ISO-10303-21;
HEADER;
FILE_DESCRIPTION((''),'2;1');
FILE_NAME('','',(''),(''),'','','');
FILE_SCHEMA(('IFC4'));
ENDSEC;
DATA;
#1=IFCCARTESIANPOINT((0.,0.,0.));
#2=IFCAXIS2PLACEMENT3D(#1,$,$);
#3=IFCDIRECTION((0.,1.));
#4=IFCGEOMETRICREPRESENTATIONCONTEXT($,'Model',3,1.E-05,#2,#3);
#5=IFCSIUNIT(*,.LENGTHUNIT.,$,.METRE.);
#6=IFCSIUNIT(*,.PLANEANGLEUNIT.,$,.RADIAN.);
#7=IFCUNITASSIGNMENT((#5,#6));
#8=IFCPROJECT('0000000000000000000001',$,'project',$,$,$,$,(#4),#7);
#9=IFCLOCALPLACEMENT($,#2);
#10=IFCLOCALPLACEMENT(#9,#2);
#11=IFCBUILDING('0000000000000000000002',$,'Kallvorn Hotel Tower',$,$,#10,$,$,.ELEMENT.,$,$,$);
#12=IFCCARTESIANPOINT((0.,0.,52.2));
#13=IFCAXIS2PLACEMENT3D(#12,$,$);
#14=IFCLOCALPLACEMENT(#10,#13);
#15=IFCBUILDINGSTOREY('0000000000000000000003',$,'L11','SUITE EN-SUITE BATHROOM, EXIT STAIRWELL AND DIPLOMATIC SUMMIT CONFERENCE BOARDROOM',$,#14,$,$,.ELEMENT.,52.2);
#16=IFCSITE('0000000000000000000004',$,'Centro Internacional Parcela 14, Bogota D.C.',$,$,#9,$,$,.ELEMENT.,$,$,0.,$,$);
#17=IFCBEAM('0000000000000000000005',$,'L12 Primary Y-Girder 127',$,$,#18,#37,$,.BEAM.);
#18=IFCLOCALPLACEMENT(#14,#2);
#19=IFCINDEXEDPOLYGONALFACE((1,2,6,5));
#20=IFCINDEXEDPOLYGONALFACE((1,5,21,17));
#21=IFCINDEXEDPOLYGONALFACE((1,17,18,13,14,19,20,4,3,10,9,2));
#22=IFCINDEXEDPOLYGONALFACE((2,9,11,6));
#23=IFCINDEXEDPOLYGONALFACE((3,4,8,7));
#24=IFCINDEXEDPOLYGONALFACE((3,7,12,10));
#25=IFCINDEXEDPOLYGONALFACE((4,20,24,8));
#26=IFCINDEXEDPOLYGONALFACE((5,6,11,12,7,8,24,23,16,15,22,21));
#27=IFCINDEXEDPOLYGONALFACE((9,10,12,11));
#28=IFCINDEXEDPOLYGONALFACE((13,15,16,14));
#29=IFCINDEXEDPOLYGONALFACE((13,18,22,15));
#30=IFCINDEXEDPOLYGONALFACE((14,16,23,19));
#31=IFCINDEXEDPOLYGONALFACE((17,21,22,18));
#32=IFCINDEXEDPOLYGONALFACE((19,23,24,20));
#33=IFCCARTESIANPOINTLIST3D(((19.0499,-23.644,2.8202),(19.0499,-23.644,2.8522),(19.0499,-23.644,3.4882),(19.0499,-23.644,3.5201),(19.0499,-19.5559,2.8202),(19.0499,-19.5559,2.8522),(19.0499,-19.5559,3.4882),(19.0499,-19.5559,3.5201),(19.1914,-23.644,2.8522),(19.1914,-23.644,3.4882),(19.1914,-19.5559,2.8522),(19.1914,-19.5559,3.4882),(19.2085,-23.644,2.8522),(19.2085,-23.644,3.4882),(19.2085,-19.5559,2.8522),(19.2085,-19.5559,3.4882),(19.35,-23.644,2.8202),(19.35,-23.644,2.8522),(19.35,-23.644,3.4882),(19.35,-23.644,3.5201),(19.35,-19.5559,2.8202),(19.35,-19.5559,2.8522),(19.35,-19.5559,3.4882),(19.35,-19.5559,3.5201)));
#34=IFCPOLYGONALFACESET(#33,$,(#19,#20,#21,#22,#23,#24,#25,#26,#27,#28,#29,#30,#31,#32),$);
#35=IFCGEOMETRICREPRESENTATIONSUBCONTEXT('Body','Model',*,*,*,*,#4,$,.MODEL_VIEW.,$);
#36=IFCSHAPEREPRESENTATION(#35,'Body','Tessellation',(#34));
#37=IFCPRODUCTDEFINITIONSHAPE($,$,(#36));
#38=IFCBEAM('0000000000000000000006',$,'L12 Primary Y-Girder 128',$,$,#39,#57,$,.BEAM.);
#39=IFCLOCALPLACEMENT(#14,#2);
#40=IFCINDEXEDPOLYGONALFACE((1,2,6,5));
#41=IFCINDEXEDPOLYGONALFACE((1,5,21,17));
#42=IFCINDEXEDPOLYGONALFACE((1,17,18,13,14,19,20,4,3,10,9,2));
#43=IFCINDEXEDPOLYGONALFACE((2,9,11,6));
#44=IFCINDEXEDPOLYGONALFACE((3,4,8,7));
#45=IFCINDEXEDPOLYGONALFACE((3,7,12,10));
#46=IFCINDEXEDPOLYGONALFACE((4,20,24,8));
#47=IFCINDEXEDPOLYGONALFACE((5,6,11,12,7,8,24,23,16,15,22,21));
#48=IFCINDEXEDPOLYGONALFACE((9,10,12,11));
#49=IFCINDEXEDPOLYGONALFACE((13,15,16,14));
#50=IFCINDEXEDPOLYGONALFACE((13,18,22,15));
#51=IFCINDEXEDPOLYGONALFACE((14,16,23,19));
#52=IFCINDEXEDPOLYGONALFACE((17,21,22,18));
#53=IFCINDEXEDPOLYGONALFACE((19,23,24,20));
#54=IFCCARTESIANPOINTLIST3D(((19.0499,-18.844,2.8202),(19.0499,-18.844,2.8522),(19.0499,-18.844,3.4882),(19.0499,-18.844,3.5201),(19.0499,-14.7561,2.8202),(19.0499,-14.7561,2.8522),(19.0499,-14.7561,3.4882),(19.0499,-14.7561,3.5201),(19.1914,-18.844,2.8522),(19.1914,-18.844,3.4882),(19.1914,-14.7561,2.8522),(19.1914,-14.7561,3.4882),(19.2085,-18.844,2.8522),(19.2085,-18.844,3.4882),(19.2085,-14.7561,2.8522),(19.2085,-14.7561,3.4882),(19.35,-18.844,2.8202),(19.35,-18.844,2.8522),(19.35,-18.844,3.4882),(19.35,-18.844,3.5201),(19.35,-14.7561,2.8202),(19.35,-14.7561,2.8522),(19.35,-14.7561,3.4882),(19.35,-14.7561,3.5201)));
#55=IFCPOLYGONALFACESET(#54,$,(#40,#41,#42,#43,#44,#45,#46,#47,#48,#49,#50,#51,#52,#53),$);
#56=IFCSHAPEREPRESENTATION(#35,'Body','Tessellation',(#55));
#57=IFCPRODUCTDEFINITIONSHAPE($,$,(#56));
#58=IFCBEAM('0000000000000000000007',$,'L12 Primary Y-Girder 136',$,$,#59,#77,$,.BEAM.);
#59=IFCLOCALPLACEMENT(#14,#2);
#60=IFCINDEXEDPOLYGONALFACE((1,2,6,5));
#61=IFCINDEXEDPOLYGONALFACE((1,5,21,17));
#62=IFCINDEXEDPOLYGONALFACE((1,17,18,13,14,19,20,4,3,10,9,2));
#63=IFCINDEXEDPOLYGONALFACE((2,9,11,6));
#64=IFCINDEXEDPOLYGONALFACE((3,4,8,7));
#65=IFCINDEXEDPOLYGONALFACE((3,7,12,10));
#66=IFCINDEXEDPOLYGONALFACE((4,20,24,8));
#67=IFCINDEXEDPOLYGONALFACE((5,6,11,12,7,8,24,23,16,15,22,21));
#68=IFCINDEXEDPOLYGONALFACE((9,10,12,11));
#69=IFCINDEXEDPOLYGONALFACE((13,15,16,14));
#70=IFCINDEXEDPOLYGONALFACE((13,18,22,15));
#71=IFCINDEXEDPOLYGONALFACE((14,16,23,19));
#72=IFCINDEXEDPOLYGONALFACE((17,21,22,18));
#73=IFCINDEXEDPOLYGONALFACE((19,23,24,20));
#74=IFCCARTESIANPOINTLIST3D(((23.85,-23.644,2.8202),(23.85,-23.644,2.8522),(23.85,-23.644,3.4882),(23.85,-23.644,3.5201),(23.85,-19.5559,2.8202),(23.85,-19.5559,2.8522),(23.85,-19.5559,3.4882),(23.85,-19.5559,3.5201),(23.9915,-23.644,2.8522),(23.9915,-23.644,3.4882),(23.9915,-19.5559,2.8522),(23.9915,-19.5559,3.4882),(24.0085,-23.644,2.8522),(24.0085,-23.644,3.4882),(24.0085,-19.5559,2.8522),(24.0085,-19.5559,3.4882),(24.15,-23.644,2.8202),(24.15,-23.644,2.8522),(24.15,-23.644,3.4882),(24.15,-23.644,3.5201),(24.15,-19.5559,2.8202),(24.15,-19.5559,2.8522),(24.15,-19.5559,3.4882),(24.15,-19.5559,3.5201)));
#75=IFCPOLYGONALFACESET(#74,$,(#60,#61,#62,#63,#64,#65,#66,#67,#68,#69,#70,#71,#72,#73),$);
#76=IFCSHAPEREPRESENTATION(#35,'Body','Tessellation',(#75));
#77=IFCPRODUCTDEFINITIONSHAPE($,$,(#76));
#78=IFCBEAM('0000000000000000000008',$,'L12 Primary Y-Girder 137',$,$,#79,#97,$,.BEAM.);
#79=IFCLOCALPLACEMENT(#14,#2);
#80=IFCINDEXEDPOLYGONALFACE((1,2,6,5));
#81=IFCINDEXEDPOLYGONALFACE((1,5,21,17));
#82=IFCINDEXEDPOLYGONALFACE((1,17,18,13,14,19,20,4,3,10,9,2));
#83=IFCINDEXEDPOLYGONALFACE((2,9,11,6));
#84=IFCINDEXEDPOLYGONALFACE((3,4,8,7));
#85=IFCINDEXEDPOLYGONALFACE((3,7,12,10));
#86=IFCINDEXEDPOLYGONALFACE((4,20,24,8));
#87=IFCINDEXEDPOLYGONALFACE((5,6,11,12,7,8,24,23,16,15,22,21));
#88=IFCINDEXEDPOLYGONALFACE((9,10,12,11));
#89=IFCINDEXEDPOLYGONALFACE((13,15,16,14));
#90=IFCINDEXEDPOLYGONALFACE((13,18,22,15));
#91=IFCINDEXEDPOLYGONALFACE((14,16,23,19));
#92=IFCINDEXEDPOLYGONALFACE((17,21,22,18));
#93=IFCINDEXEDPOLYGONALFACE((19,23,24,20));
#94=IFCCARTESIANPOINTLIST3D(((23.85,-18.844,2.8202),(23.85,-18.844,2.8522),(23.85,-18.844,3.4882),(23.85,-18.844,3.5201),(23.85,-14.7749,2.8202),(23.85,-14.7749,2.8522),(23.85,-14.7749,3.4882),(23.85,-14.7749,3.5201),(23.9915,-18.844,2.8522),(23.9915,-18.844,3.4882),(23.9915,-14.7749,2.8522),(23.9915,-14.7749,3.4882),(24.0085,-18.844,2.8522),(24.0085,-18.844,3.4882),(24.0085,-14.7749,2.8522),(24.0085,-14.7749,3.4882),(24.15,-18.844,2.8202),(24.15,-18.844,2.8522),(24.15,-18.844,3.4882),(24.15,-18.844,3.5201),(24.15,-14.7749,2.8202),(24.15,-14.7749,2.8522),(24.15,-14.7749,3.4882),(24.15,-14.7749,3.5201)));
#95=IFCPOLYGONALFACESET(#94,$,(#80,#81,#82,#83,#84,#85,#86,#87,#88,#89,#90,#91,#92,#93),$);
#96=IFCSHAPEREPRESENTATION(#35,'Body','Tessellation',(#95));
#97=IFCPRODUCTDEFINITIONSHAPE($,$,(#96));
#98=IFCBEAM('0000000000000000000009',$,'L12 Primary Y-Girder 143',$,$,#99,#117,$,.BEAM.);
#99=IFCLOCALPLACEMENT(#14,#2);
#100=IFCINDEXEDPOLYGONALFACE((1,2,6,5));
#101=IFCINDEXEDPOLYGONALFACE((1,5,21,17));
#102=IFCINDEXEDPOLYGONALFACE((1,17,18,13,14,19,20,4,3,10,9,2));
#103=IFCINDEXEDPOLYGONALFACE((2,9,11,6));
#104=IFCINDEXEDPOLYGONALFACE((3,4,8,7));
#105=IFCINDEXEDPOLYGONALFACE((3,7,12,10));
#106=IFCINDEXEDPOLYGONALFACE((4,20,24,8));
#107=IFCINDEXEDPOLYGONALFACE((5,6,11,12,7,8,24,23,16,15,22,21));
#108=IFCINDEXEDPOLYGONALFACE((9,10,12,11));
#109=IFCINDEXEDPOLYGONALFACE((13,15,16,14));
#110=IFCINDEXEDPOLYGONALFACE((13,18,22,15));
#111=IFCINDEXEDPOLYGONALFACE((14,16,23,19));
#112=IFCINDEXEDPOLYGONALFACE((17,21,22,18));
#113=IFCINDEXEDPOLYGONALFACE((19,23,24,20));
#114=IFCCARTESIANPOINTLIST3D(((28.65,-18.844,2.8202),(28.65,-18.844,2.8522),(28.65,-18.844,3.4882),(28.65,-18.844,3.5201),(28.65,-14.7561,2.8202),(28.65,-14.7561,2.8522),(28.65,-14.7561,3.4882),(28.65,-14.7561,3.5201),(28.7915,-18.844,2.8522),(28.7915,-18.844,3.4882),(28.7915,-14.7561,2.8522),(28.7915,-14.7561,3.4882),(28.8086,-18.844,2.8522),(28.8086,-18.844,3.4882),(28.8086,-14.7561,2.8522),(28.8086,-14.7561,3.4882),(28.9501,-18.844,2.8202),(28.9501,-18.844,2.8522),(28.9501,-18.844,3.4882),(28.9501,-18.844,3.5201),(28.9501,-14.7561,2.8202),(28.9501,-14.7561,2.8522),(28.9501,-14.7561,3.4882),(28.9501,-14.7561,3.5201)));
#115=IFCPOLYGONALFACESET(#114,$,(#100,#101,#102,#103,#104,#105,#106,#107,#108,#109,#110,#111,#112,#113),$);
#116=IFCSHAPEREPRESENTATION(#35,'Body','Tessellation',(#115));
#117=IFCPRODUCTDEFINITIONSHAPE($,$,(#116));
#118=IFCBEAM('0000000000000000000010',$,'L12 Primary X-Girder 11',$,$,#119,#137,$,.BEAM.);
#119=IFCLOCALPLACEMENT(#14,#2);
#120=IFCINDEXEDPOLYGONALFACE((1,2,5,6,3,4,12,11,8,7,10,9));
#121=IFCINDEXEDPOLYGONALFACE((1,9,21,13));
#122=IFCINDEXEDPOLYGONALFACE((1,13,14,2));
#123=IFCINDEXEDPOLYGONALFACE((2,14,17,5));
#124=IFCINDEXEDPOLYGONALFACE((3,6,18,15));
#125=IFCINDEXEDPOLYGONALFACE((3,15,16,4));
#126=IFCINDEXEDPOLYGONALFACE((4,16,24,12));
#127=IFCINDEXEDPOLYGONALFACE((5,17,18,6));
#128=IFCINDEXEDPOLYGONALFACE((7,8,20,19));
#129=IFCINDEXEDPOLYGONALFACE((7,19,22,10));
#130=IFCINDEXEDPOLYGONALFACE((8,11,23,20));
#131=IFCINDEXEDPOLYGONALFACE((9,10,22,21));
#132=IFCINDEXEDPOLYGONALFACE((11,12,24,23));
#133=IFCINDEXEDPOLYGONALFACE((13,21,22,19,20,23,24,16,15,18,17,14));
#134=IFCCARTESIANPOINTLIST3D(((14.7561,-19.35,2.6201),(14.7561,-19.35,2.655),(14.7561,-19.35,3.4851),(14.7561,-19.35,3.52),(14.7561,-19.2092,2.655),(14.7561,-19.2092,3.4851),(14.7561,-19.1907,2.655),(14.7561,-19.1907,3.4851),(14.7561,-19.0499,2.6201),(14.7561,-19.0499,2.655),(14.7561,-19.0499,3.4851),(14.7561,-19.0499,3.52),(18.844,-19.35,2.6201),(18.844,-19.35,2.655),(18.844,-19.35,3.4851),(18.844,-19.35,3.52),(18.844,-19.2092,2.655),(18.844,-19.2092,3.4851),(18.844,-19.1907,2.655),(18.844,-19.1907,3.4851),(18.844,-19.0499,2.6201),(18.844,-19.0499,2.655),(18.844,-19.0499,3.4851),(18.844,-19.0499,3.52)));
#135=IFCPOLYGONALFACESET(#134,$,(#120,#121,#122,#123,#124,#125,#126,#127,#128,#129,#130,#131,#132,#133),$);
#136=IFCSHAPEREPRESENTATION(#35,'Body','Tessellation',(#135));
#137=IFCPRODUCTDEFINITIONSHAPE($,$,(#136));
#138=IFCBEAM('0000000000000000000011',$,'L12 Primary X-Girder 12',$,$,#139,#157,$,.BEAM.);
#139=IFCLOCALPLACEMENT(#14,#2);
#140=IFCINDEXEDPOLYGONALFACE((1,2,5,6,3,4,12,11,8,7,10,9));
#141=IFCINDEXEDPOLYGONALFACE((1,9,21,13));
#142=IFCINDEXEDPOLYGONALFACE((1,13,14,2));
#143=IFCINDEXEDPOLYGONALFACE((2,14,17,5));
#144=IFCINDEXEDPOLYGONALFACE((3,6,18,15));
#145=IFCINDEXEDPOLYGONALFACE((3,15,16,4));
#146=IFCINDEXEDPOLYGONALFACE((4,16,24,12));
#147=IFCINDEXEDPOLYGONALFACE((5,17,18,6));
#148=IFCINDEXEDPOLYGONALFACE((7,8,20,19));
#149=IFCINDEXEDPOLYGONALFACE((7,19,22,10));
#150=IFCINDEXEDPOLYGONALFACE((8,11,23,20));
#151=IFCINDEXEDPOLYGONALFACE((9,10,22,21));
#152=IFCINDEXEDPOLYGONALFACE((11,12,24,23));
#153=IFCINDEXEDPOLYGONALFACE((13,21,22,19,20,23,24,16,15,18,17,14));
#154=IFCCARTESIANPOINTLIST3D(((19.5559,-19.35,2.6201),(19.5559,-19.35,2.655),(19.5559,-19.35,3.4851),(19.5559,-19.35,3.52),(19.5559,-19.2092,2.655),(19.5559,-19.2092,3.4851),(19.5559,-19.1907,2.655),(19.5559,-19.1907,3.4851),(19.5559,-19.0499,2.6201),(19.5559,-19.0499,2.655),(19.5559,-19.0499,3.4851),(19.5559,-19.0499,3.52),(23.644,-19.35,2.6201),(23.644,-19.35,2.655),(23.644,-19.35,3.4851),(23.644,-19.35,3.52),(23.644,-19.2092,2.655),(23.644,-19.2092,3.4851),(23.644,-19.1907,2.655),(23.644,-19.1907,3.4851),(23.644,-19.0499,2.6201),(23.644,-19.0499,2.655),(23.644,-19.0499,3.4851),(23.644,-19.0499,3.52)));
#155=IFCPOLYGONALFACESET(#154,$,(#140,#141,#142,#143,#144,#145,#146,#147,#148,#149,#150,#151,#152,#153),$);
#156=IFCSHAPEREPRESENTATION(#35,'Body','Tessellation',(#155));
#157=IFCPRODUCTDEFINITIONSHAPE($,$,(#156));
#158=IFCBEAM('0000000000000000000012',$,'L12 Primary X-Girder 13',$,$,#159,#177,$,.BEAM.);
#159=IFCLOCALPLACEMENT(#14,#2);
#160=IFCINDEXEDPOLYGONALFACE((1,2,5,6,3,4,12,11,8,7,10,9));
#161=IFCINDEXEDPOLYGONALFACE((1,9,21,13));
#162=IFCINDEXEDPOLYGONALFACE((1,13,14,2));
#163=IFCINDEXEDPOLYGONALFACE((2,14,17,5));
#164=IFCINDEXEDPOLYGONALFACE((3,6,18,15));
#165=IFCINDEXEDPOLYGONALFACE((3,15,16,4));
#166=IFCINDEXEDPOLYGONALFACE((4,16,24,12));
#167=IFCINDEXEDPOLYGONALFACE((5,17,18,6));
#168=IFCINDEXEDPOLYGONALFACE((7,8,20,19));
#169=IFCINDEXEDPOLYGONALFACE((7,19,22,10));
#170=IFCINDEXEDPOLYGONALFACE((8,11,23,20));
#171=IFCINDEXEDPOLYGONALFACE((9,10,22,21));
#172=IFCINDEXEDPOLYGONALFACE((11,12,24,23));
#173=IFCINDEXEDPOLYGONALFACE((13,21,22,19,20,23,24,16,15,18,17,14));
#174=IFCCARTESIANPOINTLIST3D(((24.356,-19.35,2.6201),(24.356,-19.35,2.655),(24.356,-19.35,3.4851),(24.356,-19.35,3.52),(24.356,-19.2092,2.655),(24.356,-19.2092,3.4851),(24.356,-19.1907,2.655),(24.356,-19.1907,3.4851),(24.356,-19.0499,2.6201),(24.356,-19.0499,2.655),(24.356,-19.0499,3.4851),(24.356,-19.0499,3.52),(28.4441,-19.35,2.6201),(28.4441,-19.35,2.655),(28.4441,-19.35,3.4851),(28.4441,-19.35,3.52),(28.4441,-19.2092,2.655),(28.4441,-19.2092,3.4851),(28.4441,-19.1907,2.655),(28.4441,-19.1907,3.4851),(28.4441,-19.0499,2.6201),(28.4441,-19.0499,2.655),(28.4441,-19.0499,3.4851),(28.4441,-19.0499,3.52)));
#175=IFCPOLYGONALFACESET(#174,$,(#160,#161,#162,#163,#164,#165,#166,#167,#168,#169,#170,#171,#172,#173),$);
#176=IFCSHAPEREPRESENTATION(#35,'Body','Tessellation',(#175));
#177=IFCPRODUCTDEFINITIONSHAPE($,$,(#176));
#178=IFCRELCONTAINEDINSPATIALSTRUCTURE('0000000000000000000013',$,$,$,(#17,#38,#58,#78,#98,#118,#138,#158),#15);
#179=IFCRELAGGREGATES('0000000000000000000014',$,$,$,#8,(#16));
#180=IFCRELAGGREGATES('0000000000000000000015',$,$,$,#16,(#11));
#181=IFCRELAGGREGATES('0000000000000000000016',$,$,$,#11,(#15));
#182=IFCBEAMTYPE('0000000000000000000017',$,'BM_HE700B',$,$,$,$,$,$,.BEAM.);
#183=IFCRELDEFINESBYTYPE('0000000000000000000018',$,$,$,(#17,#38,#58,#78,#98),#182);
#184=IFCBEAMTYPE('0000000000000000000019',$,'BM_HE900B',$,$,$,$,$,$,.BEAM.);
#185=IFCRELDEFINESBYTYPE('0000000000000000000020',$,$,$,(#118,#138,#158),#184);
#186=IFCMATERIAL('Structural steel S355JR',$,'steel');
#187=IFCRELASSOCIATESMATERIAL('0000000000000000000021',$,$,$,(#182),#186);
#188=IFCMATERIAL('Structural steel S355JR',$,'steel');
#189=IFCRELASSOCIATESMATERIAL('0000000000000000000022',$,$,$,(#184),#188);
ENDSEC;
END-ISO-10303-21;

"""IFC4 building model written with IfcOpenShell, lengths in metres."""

from ifc_helpers import new_model, si_unit, direction, frame, origin, origin_2d, place, context, subcontext, project, spatial, i_section, extrude, material, material_profile, profile_set, type_object, element, save


model = new_model("IFC4")

# Units and contexts
model_context = context("Model", 3, precision=1e-05, world=origin(), true_north=direction((0.0, 1.0)))
body_context = subcontext(model_context, "Body", "Model", "MODEL_VIEW")
ifc_project = project(units=[si_unit("LENGTHUNIT", "METRE"), si_unit("PLANEANGLEUNIT", "RADIAN")], contexts=[model_context])

# Site, building, storey
site_placement = place(None, origin())
site = spatial("IfcSite", under=ifc_project, at=site_placement, Name="Centro Internacional Parcela 14, Bogota D.C.", CompositionType="ELEMENT", RefElevation=0.0)
building_placement = place(site_placement, origin())
building = spatial("IfcBuilding", under=site, at=building_placement, Name="Kallvorn Hotel Tower", CompositionType="ELEMENT")
storey_placement = place(building_placement, frame((0.0, 0.0, 52.2)))
storey = spatial("IfcBuildingStorey", under=building, at=storey_placement, Name="L11", Description="SUITE EN-SUITE BATHROOM, EXIT STAIRWELL AND DIPLOMATIC SUMMIT CONFERENCE BOARDROOM", CompositionType="ELEMENT", Elevation=52.2)

# Beams
ifc_material_1 = material(Name="Structural steel S355JR", Category="steel")
ifc_material_profile_1 = material_profile(ifc_material_1, i_section(OverallWidth=0.3, OverallDepth=0.7, WebThickness=0.0171, FlangeThickness=0.032, at=origin_2d()), Name="HE 700 B")
ifc_profile_set_1 = profile_set([ifc_material_profile_1], Name="Structural steel S355JR")
beam_type_1 = type_object("IfcBeamType", Name="BM_HE700B", PredefinedType="BEAM", material=ifc_profile_set_1)
beam_1_placement = place(storey_placement, frame((19.2, -23.644, 3.1702), z_axis=(0.0, 1.0, 0.0), x_axis=(-1.0, 0.0, 0.0)))
element("IfcBeam", 1, at=beam_1_placement, inside=storey, type_object=beam_type_1, Name="L12 Primary Y-Girder 127", PredefinedType="BEAM", context=body_context, shape_type="SweptSolid", body=[
    extrude(i_section(OverallWidth=0.3, OverallDepth=0.7, WebThickness=0.0171, FlangeThickness=0.032, at=origin_2d()), origin(), (0.0, 0.0, 1.0), 4.0881),
])
beam_2_placement = place(storey_placement, frame((19.2, -18.844, 3.1702), z_axis=(0.0, 1.0, 0.0), x_axis=(-1.0, 0.0, 0.0)))
element("IfcBeam", 2, at=beam_2_placement, inside=storey, type_object=beam_type_1, Name="L12 Primary Y-Girder 128", PredefinedType="BEAM", context=body_context, shape_type="SweptSolid", body=[
    extrude(i_section(OverallWidth=0.3, OverallDepth=0.7, WebThickness=0.0171, FlangeThickness=0.032, at=origin_2d()), origin(), (0.0, 0.0, 1.0), 4.0879),
])
beam_3_placement = place(storey_placement, frame((24.0, -23.644, 3.1702), z_axis=(0.0, 1.0, 0.0), x_axis=(-1.0, 0.0, 0.0)))
element("IfcBeam", 3, at=beam_3_placement, inside=storey, type_object=beam_type_1, Name="L12 Primary Y-Girder 136", PredefinedType="BEAM", context=body_context, shape_type="SweptSolid", body=[
    extrude(i_section(OverallWidth=0.3, OverallDepth=0.7, WebThickness=0.0171, FlangeThickness=0.032, at=origin_2d()), origin(), (0.0, 0.0, 1.0), 4.0881),
])
beam_4_placement = place(storey_placement, frame((24.0, -18.844, 3.1702), z_axis=(0.0, 1.0, 0.0), x_axis=(-1.0, 0.0, 0.0)))
element("IfcBeam", 4, at=beam_4_placement, inside=storey, type_object=beam_type_1, Name="L12 Primary Y-Girder 137", PredefinedType="BEAM", context=body_context, shape_type="SweptSolid", body=[
    extrude(i_section(OverallWidth=0.3, OverallDepth=0.7, WebThickness=0.0171, FlangeThickness=0.032, at=origin_2d()), origin(), (0.0, 0.0, 1.0), 4.0691),
])
beam_5_placement = place(storey_placement, frame((28.8, -18.844, 3.1702), z_axis=(0.0, 1.0, 0.0), x_axis=(-1.0, 0.0, 0.0)))
element("IfcBeam", 5, at=beam_5_placement, inside=storey, type_object=beam_type_1, Name="L12 Primary Y-Girder 143", PredefinedType="BEAM", context=body_context, shape_type="SweptSolid", body=[
    extrude(i_section(OverallWidth=0.3, OverallDepth=0.7, WebThickness=0.0171, FlangeThickness=0.032, at=origin_2d()), origin(), (0.0, 0.0, 1.0), 4.0879),
])
ifc_material_2 = material(Name="Structural steel S355JR", Category="steel")
ifc_material_profile_2 = material_profile(ifc_material_2, i_section(OverallWidth=0.3, OverallDepth=0.8999, WebThickness=0.0186, FlangeThickness=0.0349, at=origin_2d()), Name="HE 900 B")
ifc_profile_set_2 = profile_set([ifc_material_profile_2], Name="Structural steel S355JR")
beam_type_2 = type_object("IfcBeamType", Name="BM_HE900B", PredefinedType="BEAM", material=ifc_profile_set_2)
beam_6_placement = place(storey_placement, frame((14.7561, -19.2, 3.0701), z_axis=(1.0, 0.0, 0.0), x_axis=(0.0, 1.0, 0.0)))
element("IfcBeam", 6, at=beam_6_placement, inside=storey, type_object=beam_type_2, Name="L12 Primary X-Girder 11", PredefinedType="BEAM", context=body_context, shape_type="SweptSolid", body=[
    extrude(i_section(OverallWidth=0.3, OverallDepth=0.8999, WebThickness=0.0186, FlangeThickness=0.0349, at=origin_2d()), origin(), (0.0, 0.0, 1.0), 4.0879),
])
for number, where, z_axis, x_axis, name in (
    (7, (19.5559, -19.2, 3.0701), (1.0, 0.0, 0.0), (0.0, 1.0, 0.0), "L12 Primary X-Girder 12"),
    (8, (24.356, -19.2, 3.0701), (1.0, 0.0, 0.0), (0.0, 1.0, 0.0), "L12 Primary X-Girder 13"),
):
    element("IfcBeam", number, at=place(storey_placement, frame(where, z_axis=z_axis, x_axis=x_axis)), inside=storey, type_object=beam_type_2, Name=name, PredefinedType="BEAM", context=body_context, shape_type="SweptSolid", body=[
        extrude(i_section(OverallWidth=0.3, OverallDepth=0.8999, WebThickness=0.0186, FlangeThickness=0.0349, at=origin_2d()), origin(), (0.0, 0.0, 1.0), 4.0881),
    ])

save(model, "model.ifc")
